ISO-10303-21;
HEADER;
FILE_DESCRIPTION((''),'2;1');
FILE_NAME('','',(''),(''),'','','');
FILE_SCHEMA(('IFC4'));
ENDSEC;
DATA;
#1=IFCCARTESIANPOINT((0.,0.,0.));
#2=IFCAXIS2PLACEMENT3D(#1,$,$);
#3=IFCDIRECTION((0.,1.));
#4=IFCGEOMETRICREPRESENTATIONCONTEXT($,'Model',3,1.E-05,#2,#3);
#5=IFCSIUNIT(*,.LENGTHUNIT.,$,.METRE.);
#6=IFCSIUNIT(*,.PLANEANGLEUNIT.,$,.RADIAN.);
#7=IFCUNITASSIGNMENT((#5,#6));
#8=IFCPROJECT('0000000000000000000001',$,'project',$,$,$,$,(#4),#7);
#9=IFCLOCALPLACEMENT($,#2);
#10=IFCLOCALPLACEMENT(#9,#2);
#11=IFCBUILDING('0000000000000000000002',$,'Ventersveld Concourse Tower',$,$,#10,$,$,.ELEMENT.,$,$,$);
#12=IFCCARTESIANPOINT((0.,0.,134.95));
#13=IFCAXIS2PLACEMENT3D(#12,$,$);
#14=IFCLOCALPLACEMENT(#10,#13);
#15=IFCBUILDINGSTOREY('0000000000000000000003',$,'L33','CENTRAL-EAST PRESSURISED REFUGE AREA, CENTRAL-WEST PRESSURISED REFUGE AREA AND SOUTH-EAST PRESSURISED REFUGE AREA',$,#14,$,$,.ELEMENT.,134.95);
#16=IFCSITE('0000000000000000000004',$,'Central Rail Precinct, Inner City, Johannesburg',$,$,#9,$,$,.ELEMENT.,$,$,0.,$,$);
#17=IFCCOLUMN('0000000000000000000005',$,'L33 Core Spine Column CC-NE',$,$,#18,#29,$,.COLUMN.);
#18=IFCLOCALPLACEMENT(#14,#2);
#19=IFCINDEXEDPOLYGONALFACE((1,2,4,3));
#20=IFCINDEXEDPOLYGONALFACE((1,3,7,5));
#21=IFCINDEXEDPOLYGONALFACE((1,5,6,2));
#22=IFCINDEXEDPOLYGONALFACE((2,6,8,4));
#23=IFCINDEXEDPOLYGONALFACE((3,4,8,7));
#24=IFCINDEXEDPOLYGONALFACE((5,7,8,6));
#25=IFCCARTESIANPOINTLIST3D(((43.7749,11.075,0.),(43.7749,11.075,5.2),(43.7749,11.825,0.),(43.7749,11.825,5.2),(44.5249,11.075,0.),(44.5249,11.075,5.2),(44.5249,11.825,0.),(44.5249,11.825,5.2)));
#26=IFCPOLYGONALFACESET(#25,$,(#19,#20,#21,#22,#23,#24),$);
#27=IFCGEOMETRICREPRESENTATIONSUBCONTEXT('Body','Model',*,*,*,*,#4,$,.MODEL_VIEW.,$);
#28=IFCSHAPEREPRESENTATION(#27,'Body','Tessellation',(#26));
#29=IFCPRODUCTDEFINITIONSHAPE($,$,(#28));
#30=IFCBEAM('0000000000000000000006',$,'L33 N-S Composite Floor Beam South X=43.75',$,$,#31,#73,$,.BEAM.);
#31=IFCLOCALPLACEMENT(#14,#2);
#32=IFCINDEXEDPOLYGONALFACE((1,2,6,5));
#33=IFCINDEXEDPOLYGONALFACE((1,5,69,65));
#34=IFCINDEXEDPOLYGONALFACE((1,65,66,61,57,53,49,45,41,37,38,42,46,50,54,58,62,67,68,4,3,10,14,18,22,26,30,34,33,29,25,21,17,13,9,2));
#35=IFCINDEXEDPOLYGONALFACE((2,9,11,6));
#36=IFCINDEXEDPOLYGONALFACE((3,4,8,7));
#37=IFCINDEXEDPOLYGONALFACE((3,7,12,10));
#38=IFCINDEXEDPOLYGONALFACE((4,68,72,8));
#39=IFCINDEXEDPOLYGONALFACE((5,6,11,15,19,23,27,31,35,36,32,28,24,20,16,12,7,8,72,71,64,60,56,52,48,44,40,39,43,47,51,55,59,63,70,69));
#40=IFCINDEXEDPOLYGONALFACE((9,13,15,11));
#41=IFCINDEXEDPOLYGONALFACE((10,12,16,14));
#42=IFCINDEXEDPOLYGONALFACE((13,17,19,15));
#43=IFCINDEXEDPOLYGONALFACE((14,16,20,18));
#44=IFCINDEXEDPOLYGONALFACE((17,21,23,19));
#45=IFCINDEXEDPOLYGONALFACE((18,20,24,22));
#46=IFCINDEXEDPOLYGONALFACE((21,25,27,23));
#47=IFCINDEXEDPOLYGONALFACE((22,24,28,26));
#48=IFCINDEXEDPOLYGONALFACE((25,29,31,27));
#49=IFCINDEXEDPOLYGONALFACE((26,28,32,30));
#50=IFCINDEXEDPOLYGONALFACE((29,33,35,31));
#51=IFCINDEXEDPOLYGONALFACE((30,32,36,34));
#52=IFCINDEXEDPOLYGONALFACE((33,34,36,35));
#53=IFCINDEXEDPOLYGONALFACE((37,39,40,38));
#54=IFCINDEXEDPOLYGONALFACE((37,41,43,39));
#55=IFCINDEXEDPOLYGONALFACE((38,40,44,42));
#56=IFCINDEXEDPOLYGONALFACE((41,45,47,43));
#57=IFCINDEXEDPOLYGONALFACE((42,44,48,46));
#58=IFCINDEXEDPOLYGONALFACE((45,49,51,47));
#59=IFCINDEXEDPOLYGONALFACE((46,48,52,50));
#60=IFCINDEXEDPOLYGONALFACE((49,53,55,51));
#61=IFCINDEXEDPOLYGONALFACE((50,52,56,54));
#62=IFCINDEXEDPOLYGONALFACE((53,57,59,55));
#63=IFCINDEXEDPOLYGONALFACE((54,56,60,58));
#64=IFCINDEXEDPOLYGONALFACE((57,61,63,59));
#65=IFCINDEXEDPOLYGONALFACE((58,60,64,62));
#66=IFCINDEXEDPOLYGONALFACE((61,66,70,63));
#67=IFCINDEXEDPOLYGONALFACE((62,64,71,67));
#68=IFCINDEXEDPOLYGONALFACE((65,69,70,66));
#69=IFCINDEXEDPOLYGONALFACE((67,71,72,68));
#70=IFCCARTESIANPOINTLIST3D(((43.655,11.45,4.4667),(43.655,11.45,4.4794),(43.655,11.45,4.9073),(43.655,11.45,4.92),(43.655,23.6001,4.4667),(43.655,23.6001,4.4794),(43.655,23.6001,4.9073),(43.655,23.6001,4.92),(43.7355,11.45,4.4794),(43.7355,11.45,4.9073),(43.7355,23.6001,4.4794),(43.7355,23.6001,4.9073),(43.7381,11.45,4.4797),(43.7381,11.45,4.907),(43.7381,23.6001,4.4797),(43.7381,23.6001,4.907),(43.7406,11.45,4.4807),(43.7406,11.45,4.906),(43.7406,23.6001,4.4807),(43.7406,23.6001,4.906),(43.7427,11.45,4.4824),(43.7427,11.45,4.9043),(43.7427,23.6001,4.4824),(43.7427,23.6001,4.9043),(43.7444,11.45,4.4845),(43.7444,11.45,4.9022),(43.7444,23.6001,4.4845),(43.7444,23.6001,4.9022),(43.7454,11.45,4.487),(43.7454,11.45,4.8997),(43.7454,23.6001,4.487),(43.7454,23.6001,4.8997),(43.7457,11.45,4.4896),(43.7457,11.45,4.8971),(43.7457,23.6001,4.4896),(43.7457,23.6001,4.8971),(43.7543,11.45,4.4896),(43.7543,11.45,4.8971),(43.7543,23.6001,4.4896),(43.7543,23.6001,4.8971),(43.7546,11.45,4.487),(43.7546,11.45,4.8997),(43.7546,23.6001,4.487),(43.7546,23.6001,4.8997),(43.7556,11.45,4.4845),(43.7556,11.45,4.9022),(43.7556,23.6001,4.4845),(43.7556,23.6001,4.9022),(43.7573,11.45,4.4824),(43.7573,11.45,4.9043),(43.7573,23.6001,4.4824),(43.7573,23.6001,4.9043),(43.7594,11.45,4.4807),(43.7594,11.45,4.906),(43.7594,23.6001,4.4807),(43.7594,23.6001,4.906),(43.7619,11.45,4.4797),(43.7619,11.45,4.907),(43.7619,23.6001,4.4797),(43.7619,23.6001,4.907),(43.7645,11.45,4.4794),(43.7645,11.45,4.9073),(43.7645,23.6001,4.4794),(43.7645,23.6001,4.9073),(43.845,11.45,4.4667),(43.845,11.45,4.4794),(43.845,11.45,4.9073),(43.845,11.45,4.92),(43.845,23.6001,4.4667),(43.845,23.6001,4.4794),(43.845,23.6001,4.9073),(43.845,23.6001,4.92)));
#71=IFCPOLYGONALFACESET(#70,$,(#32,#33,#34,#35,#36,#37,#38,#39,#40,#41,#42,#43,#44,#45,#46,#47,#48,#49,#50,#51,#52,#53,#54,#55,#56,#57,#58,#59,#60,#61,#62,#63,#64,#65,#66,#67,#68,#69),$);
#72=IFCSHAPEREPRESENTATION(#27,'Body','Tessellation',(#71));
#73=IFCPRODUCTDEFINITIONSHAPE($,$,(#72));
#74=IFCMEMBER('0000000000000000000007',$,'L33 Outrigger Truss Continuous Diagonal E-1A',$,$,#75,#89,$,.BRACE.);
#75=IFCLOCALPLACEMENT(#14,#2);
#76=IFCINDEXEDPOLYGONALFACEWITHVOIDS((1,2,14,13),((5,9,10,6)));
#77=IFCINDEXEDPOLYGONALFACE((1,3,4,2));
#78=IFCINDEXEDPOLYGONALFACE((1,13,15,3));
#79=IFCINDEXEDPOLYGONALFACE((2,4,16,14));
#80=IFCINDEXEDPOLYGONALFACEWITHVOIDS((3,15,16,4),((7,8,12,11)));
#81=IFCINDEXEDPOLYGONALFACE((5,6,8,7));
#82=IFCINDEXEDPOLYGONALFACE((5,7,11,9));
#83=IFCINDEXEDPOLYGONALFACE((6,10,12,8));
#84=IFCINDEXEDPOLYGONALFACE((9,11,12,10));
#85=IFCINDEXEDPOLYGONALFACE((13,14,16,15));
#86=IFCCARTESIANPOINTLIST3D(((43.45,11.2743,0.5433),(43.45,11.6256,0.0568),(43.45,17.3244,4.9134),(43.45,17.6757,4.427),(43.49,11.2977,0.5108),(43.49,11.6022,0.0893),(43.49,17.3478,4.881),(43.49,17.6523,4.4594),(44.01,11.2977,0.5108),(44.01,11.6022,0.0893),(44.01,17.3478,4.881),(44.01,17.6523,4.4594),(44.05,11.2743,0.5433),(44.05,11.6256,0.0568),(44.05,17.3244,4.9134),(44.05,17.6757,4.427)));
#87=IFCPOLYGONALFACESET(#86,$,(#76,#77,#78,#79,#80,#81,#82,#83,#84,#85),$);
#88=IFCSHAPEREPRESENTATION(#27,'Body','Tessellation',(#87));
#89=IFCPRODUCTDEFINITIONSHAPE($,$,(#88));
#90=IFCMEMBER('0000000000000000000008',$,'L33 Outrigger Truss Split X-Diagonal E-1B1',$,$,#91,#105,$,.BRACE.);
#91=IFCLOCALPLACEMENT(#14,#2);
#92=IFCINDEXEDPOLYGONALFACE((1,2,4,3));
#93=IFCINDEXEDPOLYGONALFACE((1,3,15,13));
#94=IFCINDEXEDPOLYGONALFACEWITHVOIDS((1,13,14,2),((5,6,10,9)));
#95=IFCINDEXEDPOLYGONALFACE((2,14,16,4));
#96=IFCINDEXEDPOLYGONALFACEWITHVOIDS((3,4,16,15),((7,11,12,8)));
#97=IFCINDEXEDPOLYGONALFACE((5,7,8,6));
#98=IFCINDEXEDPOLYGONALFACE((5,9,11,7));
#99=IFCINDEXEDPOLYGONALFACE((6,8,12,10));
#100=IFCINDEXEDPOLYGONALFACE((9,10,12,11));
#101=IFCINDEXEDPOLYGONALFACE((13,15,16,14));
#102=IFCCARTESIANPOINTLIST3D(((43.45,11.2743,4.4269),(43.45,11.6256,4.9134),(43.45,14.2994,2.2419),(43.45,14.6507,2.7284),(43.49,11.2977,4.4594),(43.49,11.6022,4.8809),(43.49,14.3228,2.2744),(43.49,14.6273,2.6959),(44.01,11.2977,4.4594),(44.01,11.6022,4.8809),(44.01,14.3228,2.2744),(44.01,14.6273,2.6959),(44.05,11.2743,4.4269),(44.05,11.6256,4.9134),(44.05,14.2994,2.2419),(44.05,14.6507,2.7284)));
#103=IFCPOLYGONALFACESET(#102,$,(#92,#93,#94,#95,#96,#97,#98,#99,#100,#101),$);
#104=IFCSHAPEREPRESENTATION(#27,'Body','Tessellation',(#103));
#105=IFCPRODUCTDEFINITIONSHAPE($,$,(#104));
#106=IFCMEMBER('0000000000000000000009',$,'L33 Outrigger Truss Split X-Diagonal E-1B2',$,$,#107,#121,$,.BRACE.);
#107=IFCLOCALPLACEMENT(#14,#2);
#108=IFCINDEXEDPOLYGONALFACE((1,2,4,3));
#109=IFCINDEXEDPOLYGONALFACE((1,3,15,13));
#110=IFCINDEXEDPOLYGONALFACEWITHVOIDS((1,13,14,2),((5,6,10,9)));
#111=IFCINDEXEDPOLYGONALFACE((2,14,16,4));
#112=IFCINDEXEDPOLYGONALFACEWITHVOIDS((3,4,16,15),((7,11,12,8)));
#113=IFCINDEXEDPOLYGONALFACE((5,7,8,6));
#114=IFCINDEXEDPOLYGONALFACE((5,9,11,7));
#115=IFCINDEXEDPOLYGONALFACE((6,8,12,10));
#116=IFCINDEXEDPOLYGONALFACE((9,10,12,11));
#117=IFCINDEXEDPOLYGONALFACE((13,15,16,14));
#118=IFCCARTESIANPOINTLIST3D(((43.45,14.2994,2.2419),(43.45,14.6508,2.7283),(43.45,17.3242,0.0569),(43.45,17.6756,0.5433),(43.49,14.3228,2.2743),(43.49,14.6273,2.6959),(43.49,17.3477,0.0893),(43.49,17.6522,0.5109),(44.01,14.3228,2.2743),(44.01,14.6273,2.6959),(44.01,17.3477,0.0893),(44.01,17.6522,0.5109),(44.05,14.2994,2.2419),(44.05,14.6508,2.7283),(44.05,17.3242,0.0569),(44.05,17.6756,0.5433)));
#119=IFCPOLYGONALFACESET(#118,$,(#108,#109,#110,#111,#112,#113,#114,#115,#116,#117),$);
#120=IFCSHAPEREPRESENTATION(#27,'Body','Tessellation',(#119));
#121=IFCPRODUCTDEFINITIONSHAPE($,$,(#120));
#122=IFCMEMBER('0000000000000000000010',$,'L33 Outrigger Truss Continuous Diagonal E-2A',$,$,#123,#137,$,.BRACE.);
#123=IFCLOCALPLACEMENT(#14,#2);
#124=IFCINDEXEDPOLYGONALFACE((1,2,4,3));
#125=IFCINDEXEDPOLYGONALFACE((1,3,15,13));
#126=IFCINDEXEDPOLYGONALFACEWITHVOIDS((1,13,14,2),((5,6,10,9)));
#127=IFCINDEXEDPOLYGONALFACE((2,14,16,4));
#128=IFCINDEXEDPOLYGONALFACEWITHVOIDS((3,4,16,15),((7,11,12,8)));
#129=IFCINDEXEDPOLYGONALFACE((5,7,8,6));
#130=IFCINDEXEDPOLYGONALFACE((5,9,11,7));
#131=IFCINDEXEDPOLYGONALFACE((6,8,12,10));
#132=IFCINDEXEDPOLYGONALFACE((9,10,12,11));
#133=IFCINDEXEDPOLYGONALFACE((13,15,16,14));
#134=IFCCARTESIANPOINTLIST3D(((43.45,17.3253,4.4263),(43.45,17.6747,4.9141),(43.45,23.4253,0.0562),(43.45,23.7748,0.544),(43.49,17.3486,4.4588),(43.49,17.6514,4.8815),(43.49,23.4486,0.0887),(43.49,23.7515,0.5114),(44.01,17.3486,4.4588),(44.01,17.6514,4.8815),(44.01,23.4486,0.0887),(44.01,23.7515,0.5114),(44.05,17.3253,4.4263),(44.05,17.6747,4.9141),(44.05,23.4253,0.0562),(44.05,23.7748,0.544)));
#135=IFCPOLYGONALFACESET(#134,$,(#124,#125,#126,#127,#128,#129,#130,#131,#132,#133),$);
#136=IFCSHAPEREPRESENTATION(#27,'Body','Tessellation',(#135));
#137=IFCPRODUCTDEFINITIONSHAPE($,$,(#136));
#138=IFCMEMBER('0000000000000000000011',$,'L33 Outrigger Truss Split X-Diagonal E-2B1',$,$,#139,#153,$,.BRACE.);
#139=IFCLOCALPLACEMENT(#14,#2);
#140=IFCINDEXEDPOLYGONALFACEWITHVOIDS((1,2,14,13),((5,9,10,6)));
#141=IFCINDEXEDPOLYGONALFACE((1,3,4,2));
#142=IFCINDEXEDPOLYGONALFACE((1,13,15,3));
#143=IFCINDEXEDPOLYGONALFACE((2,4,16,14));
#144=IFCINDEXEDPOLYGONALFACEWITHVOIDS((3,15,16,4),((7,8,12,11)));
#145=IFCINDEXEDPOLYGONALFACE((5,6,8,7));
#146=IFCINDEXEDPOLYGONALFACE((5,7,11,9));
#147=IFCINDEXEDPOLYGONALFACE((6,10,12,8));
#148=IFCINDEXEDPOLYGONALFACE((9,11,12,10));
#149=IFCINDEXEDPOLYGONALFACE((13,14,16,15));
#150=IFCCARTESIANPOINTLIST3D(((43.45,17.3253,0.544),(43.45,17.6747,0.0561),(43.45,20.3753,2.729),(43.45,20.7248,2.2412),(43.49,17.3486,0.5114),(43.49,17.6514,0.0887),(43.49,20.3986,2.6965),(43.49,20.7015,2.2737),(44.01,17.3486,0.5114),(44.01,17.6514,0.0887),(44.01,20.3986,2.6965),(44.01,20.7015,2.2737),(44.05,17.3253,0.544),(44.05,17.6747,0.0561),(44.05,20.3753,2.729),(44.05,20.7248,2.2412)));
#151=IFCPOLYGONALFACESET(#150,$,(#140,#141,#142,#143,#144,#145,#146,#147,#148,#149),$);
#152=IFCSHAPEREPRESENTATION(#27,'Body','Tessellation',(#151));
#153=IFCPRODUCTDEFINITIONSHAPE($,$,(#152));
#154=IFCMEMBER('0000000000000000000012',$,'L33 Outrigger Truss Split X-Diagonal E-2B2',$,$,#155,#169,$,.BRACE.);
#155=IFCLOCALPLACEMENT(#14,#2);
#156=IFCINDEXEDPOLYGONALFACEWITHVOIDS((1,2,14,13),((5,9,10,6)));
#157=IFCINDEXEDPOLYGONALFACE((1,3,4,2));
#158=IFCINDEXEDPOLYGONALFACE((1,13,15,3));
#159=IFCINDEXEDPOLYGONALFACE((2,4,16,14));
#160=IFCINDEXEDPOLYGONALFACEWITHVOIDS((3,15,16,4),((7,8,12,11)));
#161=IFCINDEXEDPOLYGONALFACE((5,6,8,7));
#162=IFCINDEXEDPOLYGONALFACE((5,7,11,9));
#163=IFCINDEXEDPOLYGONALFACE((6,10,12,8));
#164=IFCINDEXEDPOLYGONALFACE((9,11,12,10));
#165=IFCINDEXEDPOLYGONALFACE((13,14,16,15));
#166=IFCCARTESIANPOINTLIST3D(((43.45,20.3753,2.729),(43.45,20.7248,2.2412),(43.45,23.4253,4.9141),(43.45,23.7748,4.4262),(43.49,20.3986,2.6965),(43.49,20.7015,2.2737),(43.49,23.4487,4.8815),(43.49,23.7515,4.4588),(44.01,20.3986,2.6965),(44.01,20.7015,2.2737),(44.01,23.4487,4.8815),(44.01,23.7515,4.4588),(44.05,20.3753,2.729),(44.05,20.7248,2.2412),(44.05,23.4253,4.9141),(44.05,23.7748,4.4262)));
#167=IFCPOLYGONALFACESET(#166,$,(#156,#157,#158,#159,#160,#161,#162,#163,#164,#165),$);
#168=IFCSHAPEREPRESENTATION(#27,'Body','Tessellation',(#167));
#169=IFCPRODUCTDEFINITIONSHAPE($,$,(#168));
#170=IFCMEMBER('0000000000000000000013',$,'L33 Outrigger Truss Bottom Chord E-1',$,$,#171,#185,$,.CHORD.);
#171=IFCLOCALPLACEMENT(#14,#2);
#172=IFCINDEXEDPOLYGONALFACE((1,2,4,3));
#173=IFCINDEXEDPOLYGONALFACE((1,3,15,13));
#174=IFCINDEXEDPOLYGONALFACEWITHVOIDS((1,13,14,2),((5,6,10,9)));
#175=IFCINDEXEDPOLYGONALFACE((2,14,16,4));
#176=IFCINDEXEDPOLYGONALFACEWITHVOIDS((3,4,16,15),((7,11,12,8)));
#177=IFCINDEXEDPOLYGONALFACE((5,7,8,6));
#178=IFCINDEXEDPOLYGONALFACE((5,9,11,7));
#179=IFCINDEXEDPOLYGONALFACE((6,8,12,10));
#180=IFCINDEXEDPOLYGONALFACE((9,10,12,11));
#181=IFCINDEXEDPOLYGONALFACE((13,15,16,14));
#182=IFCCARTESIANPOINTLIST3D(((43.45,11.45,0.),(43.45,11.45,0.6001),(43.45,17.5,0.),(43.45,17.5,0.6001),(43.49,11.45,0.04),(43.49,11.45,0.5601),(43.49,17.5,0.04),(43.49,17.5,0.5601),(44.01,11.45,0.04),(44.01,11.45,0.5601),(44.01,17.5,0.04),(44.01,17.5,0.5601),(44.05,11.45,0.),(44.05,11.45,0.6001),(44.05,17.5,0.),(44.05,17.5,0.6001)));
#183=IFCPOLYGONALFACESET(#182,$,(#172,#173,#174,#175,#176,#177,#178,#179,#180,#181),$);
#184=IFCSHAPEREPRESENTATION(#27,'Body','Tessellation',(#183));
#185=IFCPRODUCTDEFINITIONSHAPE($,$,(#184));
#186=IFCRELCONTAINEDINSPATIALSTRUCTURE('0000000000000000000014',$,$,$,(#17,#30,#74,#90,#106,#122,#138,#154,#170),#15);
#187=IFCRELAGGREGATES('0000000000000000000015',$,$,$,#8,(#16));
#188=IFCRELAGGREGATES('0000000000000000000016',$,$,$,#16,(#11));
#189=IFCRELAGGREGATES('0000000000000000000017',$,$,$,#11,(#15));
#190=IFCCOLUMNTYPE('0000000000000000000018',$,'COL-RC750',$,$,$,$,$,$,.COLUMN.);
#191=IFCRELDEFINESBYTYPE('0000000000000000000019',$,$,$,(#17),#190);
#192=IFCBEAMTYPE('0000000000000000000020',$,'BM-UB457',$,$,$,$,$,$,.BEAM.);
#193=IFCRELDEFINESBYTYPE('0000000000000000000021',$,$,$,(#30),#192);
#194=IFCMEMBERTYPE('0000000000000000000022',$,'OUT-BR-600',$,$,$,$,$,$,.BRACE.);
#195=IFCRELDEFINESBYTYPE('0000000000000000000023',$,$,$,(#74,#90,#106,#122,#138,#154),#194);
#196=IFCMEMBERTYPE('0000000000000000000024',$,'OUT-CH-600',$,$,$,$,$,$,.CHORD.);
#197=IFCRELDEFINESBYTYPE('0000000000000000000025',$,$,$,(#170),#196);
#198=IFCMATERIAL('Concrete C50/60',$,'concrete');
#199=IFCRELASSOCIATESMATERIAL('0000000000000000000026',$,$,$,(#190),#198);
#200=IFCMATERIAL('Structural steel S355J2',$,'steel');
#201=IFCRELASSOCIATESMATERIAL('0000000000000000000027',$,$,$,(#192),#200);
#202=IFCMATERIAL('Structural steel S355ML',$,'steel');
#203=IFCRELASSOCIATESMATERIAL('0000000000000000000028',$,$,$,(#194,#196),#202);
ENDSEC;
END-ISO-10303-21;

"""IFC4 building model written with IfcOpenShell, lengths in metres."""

from ifc_helpers import new_model, si_unit, direction, frame, origin, origin_2d, place, context, subcontext, project, spatial, rectangle, hollow_rectangle, i_section, extrude, material, material_profile, profile_set, type_object, element, save


model = new_model("IFC4")

# Units and contexts
model_context = context("Model", 3, precision=1e-05, world=origin(), true_north=direction((0.0, 1.0)))
body_context = subcontext(model_context, "Body", "Model", "MODEL_VIEW")
ifc_project = project(units=[si_unit("LENGTHUNIT", "METRE"), si_unit("PLANEANGLEUNIT", "RADIAN")], contexts=[model_context])

# Site, building, storey
site_placement = place(None, origin())
site = spatial("IfcSite", under=ifc_project, at=site_placement, Name="Central Rail Precinct, Inner City, Johannesburg", CompositionType="ELEMENT", RefElevation=0.0)
building_placement = place(site_placement, origin())
building = spatial("IfcBuilding", under=site, at=building_placement, Name="Ventersveld Concourse Tower", CompositionType="ELEMENT")
storey_placement = place(building_placement, frame((0.0, 0.0, 134.95)))
storey = spatial("IfcBuildingStorey", under=building, at=storey_placement, Name="L33", Description="CENTRAL-EAST PRESSURISED REFUGE AREA, CENTRAL-WEST PRESSURISED REFUGE AREA AND SOUTH-EAST PRESSURISED REFUGE AREA", CompositionType="ELEMENT", Elevation=134.95)

# Column
ifc_material_1 = material(Name="Concrete C50/60", Category="concrete")
ifc_material_profile_1 = material_profile(ifc_material_1, rectangle(XDim=0.75, YDim=0.75, at=origin_2d()), Name="RC 750x750")
ifc_profile_set_1 = profile_set([ifc_material_profile_1], Name="Concrete C50/60")
column_type = type_object("IfcColumnType", Name="COL-RC750", PredefinedType="COLUMN", material=ifc_profile_set_1)
column_placement = place(storey_placement, frame((44.1499, 11.45, 0.0), z_axis=(0.0, 0.0, 1.0), x_axis=(1.0, 0.0, 0.0)))
element("IfcColumn", 1, at=column_placement, inside=storey, type_object=column_type, Name="L33 Core Spine Column CC-NE", PredefinedType="COLUMN", context=body_context, shape_type="SweptSolid", body=[
    extrude(rectangle(XDim=0.75, YDim=0.75, at=origin_2d()), origin(), (0.0, 0.0, 1.0), 5.2),
])

# Beam
ifc_material_2 = material(Name="Structural steel S355J2", Category="steel")
ifc_material_profile_2 = material_profile(ifc_material_2, i_section(OverallWidth=0.1899, OverallDepth=0.4534, WebThickness=0.0085, FlangeThickness=0.0127, FilletRadius=0.0103, at=origin_2d()), Name="UB 457x191x67")
ifc_profile_set_2 = profile_set([ifc_material_profile_2], Name="Structural steel S355J2")
beam_type = type_object("IfcBeamType", Name="BM-UB457", PredefinedType="BEAM", material=ifc_profile_set_2)
beam_placement = place(storey_placement, frame((43.75, 11.45, 4.6934), z_axis=(0.0, 1.0, 0.0), x_axis=(-1.0, 0.0, 0.0)))
element("IfcBeam", 2, at=beam_placement, inside=storey, type_object=beam_type, Name="L33 N-S Composite Floor Beam South X=43.75", PredefinedType="BEAM", context=body_context, shape_type="SweptSolid", body=[
    extrude(i_section(OverallWidth=0.1899, OverallDepth=0.4534, WebThickness=0.0085, FlangeThickness=0.0127, FilletRadius=0.0103, at=origin_2d()), origin(), (0.0, 0.0, 1.0), 12.1501),
])

# Members
ifc_material_3 = material(Name="Structural steel S355ML", Category="steel")
ifc_material_profile_3 = material_profile(ifc_material_3, hollow_rectangle(XDim=0.6001, YDim=0.6001, WallThickness=0.04, at=origin_2d()), Name="BOX 600x600x40")
ifc_profile_set_3 = profile_set([ifc_material_profile_3], Name="Structural steel S355ML")
member_type_1 = type_object("IfcMemberType", Name="OUT-BR-600", PredefinedType="BRACE", material=ifc_profile_set_3)
member_1_placement = place(storey_placement, frame((43.75, 11.45, 0.3), z_axis=(0.0, 0.810639, 0.585547), x_axis=(-1.0, 0.0, 0.0)))
element("IfcMember", 3, at=member_1_placement, inside=storey, type_object=member_type_1, Name="L33 Outrigger Truss Continuous Diagonal E-1A", PredefinedType="BRACE", context=body_context, shape_type="SweptSolid", body=[
    extrude(hollow_rectangle(XDim=0.6001, YDim=0.6001, WallThickness=0.04, at=origin_2d()), origin(), (0.0, 0.0, 1.0), 7.4634),
])
member_2_placement = place(storey_placement, frame((43.75, 11.45, 4.6702), z_axis=(0.0, 0.81065, -0.585531), x_axis=(-1.0, 0.0, 0.0)))
element("IfcMember", 4, at=member_2_placement, inside=storey, type_object=member_type_1, Name="L33 Outrigger Truss Split X-Diagonal E-1B1", PredefinedType="BRACE", context=body_context, shape_type="SweptSolid", body=[
    extrude(hollow_rectangle(XDim=0.6001, YDim=0.6001, WallThickness=0.04, at=origin_2d()), origin(), (0.0, 0.0, 1.0), 3.7317),
])
member_3_placement = place(storey_placement, frame((43.75, 14.4751, 2.4851), z_axis=(0.0, 0.810627, -0.585562), x_axis=(-1.0, 0.0, 0.0)))
element("IfcMember", 5, at=member_3_placement, inside=storey, type_object=member_type_1, Name="L33 Outrigger Truss Split X-Diagonal E-1B2", PredefinedType="BRACE", context=body_context, shape_type="SweptSolid", body=[
    extrude(hollow_rectangle(XDim=0.6001, YDim=0.6001, WallThickness=0.04, at=origin_2d()), origin(), (0.0, 0.0, 1.0), 3.7314),
])
member_4_placement = place(storey_placement, frame((43.75, 17.5, 4.6702), z_axis=(0.0, 0.812919, -0.582376), x_axis=(-1.0, 0.0, 0.0)))
element("IfcMember", 6, at=member_4_placement, inside=storey, type_object=member_type_1, Name="L33 Outrigger Truss Continuous Diagonal E-2A", PredefinedType="BRACE", context=body_context, shape_type="SweptSolid", body=[
    extrude(hollow_rectangle(XDim=0.6001, YDim=0.6001, WallThickness=0.04, at=origin_2d()), origin(), (0.0, 0.0, 1.0), 7.5039),
])
for number, where, z_axis, x_axis, name in (
    (7, (43.75, 17.5, 0.3), (0.0, 0.812919, 0.582376), (-1.0, 0.0, 0.0), "L33 Outrigger Truss Split X-Diagonal E-2B1"),
    (8, (43.75, 20.55, 2.4851), (0.0, 0.812919, 0.582376), (-1.0, 0.0, 0.0), "L33 Outrigger Truss Split X-Diagonal E-2B2"),
):
    element("IfcMember", number, at=place(storey_placement, frame(where, z_axis=z_axis, x_axis=x_axis)), inside=storey, type_object=member_type_1, Name=name, PredefinedType="BRACE", context=body_context, shape_type="SweptSolid", body=[
        extrude(hollow_rectangle(XDim=0.6001, YDim=0.6001, WallThickness=0.04, at=origin_2d()), origin(), (0.0, 0.0, 1.0), 3.752),
    ])
ifc_material_profile_4 = material_profile(ifc_material_3, hollow_rectangle(XDim=0.6001, YDim=0.6001, WallThickness=0.04, at=origin_2d()), Name="BOX 600x600x40")
ifc_profile_set_4 = profile_set([ifc_material_profile_4], Name="Structural steel S355ML")
member_type_2 = type_object("IfcMemberType", Name="OUT-CH-600", PredefinedType="CHORD", material=ifc_profile_set_4)
member_5_placement = place(storey_placement, frame((43.75, 11.45, 0.3), z_axis=(0.0, 1.0, 0.0), x_axis=(-1.0, 0.0, 0.0)))
element("IfcMember", 9, at=member_5_placement, inside=storey, type_object=member_type_2, Name="L33 Outrigger Truss Bottom Chord E-1", PredefinedType="CHORD", context=body_context, shape_type="SweptSolid", body=[
    extrude(hollow_rectangle(XDim=0.6001, YDim=0.6001, WallThickness=0.04, at=origin_2d()), origin(), (0.0, 0.0, 1.0), 6.05),
])

save(model, "model.ifc")
